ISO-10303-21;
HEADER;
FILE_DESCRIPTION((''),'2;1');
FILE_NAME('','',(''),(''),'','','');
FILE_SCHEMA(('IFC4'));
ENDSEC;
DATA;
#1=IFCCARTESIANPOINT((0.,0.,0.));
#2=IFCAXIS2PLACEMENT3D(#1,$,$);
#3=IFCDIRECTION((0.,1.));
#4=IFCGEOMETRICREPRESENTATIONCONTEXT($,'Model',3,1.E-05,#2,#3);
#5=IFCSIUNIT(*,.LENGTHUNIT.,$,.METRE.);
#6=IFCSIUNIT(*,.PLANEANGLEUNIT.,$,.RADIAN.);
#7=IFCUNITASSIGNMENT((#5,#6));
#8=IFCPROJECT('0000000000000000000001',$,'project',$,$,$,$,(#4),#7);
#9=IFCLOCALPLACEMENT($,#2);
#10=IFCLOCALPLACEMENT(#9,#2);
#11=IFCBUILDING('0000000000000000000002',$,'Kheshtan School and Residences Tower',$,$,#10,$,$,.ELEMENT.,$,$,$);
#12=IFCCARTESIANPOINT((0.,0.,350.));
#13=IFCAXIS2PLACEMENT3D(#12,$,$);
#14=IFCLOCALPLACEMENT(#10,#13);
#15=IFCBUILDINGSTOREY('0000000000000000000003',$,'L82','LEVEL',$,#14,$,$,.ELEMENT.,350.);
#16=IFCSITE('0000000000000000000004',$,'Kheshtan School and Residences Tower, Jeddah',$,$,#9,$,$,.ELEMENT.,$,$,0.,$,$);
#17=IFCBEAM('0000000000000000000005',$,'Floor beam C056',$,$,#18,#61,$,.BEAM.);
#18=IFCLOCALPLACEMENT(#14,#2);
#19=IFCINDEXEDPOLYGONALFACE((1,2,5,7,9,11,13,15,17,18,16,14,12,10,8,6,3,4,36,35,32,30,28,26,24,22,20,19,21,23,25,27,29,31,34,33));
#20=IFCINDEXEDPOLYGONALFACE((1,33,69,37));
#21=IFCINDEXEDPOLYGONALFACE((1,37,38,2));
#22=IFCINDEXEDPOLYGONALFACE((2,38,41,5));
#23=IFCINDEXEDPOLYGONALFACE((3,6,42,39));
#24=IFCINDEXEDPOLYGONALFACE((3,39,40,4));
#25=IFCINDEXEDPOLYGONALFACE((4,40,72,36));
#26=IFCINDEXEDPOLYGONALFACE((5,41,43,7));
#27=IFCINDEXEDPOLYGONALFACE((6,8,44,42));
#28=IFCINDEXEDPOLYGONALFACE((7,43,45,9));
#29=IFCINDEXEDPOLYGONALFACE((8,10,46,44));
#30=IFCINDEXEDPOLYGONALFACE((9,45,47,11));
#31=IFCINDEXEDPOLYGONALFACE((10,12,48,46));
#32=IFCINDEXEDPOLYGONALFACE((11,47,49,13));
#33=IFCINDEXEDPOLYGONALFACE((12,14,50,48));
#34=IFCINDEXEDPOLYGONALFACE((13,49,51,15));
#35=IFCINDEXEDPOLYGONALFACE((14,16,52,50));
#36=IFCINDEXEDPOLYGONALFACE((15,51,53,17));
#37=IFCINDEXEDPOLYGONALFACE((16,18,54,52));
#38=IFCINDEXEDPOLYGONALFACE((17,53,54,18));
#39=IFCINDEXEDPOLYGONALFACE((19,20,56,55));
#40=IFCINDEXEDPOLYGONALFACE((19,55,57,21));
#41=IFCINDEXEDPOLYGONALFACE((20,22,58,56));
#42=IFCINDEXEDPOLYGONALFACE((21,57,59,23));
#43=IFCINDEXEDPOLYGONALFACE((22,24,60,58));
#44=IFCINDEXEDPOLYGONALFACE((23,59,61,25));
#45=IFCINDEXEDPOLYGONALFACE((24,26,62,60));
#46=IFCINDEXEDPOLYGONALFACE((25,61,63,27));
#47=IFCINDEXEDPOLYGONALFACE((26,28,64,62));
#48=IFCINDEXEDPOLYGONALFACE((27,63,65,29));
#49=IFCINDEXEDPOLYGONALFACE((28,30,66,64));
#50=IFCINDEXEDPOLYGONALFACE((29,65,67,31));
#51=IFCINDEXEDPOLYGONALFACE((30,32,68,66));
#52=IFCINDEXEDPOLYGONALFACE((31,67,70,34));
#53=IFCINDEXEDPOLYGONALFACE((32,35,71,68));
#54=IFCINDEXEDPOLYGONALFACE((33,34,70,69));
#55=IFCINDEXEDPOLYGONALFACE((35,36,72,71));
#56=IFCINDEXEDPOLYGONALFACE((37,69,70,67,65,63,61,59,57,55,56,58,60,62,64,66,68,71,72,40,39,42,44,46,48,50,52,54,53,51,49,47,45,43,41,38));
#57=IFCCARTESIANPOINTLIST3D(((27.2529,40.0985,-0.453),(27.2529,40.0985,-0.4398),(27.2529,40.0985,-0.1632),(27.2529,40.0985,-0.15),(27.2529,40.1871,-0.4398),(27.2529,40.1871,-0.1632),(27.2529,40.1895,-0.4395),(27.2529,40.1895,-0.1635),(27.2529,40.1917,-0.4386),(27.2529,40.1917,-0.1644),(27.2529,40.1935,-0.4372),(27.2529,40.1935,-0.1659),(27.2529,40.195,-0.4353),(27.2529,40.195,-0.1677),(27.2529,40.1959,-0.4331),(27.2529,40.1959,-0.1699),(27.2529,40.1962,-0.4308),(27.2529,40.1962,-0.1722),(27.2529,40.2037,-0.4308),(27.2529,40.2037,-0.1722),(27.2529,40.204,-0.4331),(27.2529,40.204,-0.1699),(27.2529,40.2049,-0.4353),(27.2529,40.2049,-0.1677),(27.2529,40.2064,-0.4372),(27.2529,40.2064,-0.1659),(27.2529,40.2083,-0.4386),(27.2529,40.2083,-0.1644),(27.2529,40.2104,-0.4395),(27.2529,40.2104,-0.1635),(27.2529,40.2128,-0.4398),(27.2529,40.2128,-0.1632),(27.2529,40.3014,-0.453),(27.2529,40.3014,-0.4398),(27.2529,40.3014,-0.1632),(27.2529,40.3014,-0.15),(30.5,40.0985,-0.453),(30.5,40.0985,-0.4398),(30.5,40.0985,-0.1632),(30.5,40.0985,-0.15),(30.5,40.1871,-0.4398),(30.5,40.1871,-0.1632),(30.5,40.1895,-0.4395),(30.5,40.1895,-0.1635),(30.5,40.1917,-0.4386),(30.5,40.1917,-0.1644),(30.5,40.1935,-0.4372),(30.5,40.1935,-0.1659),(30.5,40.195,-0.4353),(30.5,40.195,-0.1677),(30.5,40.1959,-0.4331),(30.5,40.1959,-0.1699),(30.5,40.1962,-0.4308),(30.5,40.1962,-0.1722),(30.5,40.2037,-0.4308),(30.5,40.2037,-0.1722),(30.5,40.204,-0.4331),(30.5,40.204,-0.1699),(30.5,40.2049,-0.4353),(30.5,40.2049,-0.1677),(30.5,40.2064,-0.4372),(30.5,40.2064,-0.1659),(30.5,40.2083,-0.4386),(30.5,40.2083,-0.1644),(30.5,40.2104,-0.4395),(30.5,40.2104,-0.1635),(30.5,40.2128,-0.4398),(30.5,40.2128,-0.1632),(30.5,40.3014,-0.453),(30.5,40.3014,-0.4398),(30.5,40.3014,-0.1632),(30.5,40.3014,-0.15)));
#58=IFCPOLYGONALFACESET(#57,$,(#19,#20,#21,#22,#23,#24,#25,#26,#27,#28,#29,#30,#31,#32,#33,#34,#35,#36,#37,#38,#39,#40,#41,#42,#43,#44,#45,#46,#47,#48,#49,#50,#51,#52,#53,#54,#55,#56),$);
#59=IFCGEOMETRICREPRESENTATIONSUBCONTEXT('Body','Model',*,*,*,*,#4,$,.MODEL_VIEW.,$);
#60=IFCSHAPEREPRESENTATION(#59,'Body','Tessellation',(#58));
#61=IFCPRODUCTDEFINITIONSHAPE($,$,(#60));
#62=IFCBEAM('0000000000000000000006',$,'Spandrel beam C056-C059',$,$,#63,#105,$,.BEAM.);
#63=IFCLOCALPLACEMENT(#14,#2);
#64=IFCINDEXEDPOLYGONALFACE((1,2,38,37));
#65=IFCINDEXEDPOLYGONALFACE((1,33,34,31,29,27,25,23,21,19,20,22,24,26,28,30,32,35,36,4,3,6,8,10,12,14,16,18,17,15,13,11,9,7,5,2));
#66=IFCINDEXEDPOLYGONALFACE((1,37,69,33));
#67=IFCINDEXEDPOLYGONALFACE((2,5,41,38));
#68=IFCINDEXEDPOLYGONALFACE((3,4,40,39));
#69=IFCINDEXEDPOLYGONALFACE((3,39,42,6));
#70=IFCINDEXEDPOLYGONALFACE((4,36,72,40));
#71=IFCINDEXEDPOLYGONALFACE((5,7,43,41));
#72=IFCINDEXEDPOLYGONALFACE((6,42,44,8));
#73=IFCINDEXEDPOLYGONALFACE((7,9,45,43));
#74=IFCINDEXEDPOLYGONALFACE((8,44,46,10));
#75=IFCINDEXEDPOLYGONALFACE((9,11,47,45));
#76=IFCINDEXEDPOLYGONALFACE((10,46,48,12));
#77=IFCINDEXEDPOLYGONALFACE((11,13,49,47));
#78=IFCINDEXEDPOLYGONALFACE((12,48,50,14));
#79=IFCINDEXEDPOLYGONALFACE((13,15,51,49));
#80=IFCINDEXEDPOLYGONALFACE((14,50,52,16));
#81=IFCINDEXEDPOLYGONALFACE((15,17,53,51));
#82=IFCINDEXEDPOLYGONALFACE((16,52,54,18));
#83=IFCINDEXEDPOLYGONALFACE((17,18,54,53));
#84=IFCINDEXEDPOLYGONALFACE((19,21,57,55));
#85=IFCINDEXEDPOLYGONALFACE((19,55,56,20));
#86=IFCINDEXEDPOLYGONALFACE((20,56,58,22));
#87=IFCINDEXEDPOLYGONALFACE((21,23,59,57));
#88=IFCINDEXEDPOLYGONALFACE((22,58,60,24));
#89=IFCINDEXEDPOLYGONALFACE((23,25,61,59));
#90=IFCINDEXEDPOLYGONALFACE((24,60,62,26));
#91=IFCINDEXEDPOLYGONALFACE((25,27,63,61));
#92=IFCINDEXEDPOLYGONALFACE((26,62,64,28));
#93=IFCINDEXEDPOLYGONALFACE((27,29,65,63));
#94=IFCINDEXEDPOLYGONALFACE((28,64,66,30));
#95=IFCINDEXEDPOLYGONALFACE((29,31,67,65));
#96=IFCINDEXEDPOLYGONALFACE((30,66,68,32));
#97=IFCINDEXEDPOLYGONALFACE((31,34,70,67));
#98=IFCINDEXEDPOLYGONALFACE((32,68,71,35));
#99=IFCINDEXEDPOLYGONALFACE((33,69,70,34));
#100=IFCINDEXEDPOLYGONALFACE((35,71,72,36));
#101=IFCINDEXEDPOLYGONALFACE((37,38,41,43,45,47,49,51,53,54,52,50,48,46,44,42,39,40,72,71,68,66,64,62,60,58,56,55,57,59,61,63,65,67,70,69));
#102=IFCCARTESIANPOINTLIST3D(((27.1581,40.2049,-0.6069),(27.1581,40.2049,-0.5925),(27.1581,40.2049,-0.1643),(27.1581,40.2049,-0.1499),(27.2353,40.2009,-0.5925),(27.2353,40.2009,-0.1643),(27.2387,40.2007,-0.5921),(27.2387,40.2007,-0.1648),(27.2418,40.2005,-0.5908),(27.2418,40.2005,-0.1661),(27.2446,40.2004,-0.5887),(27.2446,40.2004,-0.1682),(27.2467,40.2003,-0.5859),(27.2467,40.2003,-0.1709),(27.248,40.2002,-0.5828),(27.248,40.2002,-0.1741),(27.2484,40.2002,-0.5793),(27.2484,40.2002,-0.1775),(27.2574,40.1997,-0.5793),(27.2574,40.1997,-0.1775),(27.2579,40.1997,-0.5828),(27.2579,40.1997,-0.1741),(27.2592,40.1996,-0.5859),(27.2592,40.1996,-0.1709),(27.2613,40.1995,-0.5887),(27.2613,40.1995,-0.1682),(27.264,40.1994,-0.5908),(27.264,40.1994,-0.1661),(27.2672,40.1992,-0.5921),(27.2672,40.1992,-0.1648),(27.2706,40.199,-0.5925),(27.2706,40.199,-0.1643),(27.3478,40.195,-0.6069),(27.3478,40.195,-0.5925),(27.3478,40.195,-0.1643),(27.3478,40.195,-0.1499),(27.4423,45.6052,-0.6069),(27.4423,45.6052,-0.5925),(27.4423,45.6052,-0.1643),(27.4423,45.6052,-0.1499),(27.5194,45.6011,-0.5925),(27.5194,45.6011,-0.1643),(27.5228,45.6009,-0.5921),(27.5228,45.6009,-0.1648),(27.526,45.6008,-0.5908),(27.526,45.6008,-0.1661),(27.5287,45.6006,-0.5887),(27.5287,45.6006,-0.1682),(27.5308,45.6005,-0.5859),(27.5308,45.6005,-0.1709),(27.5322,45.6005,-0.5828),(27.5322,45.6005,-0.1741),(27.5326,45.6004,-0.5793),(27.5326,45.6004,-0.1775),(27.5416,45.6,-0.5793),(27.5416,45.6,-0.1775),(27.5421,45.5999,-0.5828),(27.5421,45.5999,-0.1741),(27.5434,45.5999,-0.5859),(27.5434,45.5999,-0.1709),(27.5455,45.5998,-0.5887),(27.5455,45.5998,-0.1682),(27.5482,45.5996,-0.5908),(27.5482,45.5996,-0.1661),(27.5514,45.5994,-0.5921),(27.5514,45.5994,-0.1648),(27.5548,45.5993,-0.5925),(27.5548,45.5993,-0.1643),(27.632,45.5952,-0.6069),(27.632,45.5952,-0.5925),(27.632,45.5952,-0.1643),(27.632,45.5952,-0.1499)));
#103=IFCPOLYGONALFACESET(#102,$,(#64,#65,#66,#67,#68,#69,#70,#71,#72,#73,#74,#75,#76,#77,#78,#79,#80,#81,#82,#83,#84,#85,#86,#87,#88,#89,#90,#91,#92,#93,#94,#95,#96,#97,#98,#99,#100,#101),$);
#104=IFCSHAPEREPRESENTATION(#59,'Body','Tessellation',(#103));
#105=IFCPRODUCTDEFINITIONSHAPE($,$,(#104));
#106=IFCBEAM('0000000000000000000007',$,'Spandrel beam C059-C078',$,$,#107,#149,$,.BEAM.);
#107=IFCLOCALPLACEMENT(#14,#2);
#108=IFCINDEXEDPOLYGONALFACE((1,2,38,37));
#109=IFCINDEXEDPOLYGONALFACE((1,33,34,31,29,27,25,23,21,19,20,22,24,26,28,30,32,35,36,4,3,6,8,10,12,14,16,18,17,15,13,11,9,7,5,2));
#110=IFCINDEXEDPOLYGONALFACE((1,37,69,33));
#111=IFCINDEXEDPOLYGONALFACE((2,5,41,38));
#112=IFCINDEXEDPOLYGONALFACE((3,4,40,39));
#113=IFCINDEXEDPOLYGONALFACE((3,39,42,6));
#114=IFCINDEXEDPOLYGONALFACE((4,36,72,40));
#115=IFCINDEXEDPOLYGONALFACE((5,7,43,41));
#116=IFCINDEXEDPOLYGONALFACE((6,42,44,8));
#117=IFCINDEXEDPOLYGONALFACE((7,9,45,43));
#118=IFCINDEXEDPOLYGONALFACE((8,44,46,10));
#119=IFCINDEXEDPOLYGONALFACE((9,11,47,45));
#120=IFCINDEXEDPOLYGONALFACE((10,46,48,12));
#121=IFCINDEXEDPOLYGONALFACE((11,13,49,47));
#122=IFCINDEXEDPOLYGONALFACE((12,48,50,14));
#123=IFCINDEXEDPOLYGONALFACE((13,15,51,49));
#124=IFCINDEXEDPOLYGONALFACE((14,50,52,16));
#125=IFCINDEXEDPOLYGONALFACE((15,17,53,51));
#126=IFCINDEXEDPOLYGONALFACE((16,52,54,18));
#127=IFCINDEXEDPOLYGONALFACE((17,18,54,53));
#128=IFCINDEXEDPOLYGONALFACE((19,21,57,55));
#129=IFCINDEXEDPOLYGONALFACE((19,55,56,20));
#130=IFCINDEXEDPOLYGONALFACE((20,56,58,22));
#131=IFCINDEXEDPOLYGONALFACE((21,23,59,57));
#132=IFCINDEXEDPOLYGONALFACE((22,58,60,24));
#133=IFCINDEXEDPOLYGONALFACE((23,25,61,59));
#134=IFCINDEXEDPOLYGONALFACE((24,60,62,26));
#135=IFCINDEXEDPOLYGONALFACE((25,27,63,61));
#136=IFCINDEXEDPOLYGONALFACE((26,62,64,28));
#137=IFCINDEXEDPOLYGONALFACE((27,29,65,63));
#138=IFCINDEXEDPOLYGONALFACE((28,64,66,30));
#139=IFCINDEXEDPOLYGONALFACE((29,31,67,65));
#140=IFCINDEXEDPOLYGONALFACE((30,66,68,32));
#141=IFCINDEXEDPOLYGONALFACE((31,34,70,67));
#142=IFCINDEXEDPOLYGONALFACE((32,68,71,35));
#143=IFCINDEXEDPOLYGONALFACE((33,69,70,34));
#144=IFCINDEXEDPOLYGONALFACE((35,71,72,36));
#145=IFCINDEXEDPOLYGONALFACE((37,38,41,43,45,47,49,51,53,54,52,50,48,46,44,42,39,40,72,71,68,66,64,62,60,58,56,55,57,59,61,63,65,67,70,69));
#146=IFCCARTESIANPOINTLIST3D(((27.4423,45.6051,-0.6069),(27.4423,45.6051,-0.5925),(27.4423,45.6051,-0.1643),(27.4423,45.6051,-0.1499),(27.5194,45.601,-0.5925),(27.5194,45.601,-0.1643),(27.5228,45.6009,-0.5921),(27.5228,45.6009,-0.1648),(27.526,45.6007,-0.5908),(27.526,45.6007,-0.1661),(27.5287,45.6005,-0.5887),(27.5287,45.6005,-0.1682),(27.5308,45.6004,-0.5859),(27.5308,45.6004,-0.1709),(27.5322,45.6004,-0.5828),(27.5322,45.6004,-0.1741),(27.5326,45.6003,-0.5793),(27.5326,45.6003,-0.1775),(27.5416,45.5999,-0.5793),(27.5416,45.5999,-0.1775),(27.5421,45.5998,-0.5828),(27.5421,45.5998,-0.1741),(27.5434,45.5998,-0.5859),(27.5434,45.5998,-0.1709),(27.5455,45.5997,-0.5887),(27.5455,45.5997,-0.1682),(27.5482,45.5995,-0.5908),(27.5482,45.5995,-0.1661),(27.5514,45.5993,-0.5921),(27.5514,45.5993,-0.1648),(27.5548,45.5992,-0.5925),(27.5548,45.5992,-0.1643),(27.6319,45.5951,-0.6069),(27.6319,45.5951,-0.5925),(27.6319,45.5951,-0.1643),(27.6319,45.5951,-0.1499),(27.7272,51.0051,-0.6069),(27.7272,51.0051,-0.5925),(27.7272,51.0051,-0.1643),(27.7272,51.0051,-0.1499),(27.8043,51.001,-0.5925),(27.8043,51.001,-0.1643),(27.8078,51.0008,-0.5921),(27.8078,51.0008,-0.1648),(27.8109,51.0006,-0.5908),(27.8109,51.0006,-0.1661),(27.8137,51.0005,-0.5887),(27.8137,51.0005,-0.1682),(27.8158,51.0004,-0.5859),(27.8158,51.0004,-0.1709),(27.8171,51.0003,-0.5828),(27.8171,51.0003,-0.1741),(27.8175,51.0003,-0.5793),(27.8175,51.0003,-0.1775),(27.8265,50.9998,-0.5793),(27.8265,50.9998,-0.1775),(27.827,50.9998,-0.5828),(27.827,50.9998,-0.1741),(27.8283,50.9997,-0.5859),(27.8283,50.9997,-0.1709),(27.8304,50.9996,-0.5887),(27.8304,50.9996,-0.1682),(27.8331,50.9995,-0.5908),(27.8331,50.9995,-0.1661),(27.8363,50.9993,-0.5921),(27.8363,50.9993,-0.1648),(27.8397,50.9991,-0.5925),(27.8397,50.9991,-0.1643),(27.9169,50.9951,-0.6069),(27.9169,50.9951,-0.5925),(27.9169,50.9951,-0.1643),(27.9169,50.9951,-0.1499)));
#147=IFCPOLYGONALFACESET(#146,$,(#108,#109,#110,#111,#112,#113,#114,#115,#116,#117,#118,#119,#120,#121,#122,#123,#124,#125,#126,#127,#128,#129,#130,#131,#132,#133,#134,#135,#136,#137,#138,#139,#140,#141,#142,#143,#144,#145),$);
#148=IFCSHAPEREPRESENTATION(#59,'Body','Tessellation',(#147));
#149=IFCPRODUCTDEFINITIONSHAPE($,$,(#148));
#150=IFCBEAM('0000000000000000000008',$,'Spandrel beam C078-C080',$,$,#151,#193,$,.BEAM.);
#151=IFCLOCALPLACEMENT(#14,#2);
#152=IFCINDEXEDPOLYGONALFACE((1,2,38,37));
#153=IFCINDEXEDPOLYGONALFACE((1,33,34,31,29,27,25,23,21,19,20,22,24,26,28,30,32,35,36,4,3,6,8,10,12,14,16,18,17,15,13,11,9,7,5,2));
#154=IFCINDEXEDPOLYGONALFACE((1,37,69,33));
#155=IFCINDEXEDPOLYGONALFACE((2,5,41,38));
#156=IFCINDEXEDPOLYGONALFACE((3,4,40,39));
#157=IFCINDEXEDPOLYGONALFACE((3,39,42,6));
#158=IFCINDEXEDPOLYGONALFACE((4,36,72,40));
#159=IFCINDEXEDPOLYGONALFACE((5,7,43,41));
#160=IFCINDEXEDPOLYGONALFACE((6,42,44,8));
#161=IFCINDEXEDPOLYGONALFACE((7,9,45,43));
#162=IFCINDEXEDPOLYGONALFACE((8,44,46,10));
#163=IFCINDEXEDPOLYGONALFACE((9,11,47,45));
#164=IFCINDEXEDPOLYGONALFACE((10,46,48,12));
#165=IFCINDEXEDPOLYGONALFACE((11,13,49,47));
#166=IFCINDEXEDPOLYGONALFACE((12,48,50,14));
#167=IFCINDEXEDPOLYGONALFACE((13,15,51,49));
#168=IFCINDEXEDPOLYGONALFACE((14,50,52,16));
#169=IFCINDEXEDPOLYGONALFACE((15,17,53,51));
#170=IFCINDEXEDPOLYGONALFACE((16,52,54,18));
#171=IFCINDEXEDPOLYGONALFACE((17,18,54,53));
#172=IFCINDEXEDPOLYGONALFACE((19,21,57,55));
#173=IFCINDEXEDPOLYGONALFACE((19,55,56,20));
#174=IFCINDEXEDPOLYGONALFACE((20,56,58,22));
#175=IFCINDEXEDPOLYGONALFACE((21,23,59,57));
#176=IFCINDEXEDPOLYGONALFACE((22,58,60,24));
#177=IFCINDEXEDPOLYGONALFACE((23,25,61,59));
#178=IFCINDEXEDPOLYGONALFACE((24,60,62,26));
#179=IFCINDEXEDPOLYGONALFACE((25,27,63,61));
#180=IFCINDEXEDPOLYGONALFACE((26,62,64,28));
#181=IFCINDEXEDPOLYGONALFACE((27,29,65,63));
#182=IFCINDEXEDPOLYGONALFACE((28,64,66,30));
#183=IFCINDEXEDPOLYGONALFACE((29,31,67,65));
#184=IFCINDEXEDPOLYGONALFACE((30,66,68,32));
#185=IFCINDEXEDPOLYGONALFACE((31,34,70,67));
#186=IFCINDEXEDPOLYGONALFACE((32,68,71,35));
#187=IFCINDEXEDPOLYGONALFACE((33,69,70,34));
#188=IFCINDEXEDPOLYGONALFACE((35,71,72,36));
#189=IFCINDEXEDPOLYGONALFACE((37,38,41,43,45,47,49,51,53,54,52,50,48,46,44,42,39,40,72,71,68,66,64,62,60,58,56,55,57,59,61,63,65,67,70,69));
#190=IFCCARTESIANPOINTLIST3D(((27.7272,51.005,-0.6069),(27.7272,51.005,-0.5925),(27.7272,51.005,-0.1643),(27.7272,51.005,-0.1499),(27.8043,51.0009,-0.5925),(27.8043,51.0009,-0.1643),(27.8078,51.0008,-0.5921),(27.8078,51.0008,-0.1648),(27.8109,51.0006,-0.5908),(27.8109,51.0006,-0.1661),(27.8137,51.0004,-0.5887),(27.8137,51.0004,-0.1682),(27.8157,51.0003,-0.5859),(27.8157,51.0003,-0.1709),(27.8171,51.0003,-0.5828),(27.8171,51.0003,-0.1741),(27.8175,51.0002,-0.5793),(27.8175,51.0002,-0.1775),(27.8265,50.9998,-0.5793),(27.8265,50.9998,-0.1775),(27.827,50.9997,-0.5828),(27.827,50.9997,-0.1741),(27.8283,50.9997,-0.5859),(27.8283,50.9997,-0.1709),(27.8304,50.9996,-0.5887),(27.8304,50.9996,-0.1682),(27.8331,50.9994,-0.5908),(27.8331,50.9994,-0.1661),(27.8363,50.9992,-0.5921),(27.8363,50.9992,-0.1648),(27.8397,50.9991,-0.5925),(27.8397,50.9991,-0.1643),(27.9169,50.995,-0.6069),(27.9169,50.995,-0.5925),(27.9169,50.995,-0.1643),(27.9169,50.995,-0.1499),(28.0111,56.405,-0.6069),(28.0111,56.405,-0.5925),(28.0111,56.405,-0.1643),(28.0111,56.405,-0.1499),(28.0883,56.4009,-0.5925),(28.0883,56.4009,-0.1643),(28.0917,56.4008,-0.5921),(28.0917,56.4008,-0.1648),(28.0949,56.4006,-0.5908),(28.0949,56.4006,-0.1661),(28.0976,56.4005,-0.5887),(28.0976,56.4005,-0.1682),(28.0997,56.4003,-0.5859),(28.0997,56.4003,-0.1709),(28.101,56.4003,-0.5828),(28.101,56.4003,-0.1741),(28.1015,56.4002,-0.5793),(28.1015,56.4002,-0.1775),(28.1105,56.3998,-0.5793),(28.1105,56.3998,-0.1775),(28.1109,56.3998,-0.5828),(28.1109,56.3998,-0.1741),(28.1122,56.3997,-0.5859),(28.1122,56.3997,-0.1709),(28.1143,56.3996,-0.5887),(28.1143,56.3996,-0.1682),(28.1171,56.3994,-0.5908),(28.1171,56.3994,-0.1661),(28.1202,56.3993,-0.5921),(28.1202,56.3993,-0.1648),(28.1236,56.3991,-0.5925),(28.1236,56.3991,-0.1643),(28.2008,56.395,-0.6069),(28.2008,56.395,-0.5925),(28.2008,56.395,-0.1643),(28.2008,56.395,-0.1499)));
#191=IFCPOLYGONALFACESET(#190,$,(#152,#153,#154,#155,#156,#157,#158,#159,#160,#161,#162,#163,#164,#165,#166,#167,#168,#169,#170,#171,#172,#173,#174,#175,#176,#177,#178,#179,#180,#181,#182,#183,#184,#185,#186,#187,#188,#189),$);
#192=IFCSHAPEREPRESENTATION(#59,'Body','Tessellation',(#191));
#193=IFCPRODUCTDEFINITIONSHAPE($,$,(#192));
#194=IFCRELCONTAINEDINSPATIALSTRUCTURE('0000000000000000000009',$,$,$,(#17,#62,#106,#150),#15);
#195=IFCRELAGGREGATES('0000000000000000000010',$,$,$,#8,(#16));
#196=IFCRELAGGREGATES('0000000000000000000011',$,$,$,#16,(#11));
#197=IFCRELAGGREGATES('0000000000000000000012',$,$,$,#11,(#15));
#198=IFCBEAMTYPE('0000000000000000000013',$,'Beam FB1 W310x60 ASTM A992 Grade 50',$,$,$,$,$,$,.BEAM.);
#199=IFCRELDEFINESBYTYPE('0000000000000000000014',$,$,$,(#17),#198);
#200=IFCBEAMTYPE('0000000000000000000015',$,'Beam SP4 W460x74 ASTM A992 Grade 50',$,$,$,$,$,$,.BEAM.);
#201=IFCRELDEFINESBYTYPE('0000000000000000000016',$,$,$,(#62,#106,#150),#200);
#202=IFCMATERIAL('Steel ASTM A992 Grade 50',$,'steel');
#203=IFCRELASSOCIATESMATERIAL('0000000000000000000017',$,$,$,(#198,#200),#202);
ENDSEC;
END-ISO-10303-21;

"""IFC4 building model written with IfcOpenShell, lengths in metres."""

from ifc_helpers import new_model, si_unit, direction, frame, origin, origin_2d, place, context, subcontext, project, spatial, i_section, extrude, material, material_profile, profile_set, type_object, element, save


model = new_model("IFC4")

# Units and contexts
model_context = context("Model", 3, precision=1e-05, world=origin(), true_north=direction((0.0, 1.0)))
body_context = subcontext(model_context, "Body", "Model", "MODEL_VIEW")
ifc_project = project(units=[si_unit("LENGTHUNIT", "METRE"), si_unit("PLANEANGLEUNIT", "RADIAN")], contexts=[model_context])

# Site, building, storey
site_placement = place(None, origin())
site = spatial("IfcSite", under=ifc_project, at=site_placement, Name="Kheshtan School and Residences Tower, Jeddah", CompositionType="ELEMENT", RefElevation=0.0)
building_placement = place(site_placement, origin())
building = spatial("IfcBuilding", under=site, at=building_placement, Name="Kheshtan School and Residences Tower", CompositionType="ELEMENT")
storey_placement = place(building_placement, frame((0.0, 0.0, 350.0)))
storey = spatial("IfcBuildingStorey", under=building, at=storey_placement, Name="L82", Description="LEVEL", CompositionType="ELEMENT", Elevation=350.0)

# Shared definitions
ifc_material_1 = material(Name="Steel ASTM A992 Grade 50", Category="steel")

# Beams
ifc_material_profile_1 = material_profile(ifc_material_1, i_section(OverallWidth=0.2029, OverallDepth=0.303, WebThickness=0.0076, FlangeThickness=0.0132, FilletRadius=0.009, at=origin_2d()), Name="W310x60")
ifc_profile_set_1 = profile_set([ifc_material_profile_1], Name="Steel ASTM A992 Grade 50")
beam_type_1 = type_object("IfcBeamType", Name="Beam FB1 W310x60 ASTM A992 Grade 50", PredefinedType="BEAM", material=ifc_profile_set_1)
beam_1_placement = place(storey_placement, frame((27.2529, 40.2, -0.3015), z_axis=(1.0, 0.0, 0.0), x_axis=(0.0, 1.0, 0.0)))
element("IfcBeam", 1, at=beam_1_placement, inside=storey, type_object=beam_type_1, Name="Floor beam C056", PredefinedType="BEAM", context=body_context, shape_type="SweptSolid", body=[
    extrude(i_section(OverallWidth=0.2029, OverallDepth=0.303, WebThickness=0.0076, FlangeThickness=0.0132, FilletRadius=0.009, at=origin_2d()), origin(), (0.0, 0.0, 1.0), 3.2471),
])
ifc_material_profile_2 = material_profile(ifc_material_1, i_section(OverallWidth=0.1899, OverallDepth=0.457, WebThickness=0.009, FlangeThickness=0.0144, FilletRadius=0.0132, at=origin_2d()), Name="W460x74")
ifc_profile_set_2 = profile_set([ifc_material_profile_2], Name="Steel ASTM A992 Grade 50")
beam_type_2 = type_object("IfcBeamType", Name="Beam SP4 W460x74 ASTM A992 Grade 50", PredefinedType="BEAM", material=ifc_profile_set_2)
beam_2_placement = place(storey_placement, frame((27.2529, 40.2, -0.3784), z_axis=(0.052552, 0.998618, 0.0), x_axis=(-0.998618, 0.052552, 0.0)))
element("IfcBeam", 2, at=beam_2_placement, inside=storey, type_object=beam_type_2, Name="Spandrel beam C056-C059", PredefinedType="BEAM", context=body_context, shape_type="SweptSolid", body=[
    extrude(i_section(OverallWidth=0.1899, OverallDepth=0.457, WebThickness=0.009, FlangeThickness=0.0144, FilletRadius=0.0132, at=origin_2d()), origin(), (0.0, 0.0, 1.0), 5.4077),
])
for number, where, z_axis, x_axis, name in (
    (3, (27.5371, 45.6001, -0.3784), (0.052689, 0.998611, 0.0), (-0.998611, 0.052689, 0.0), "Spandrel beam C059-C078"),
    (4, (27.822, 51.0, -0.3784), (0.052509, 0.99862, 0.0), (-0.99862, 0.052509, 0.0), "Spandrel beam C078-C080"),
):
    element("IfcBeam", number, at=place(storey_placement, frame(where, z_axis=z_axis, x_axis=x_axis)), inside=storey, type_object=beam_type_2, Name=name, PredefinedType="BEAM", context=body_context, shape_type="SweptSolid", body=[
        extrude(i_section(OverallWidth=0.1899, OverallDepth=0.457, WebThickness=0.009, FlangeThickness=0.0144, FilletRadius=0.0132, at=origin_2d()), origin(), (0.0, 0.0, 1.0), 5.4075),
    ])

save(model, "model.ifc")
